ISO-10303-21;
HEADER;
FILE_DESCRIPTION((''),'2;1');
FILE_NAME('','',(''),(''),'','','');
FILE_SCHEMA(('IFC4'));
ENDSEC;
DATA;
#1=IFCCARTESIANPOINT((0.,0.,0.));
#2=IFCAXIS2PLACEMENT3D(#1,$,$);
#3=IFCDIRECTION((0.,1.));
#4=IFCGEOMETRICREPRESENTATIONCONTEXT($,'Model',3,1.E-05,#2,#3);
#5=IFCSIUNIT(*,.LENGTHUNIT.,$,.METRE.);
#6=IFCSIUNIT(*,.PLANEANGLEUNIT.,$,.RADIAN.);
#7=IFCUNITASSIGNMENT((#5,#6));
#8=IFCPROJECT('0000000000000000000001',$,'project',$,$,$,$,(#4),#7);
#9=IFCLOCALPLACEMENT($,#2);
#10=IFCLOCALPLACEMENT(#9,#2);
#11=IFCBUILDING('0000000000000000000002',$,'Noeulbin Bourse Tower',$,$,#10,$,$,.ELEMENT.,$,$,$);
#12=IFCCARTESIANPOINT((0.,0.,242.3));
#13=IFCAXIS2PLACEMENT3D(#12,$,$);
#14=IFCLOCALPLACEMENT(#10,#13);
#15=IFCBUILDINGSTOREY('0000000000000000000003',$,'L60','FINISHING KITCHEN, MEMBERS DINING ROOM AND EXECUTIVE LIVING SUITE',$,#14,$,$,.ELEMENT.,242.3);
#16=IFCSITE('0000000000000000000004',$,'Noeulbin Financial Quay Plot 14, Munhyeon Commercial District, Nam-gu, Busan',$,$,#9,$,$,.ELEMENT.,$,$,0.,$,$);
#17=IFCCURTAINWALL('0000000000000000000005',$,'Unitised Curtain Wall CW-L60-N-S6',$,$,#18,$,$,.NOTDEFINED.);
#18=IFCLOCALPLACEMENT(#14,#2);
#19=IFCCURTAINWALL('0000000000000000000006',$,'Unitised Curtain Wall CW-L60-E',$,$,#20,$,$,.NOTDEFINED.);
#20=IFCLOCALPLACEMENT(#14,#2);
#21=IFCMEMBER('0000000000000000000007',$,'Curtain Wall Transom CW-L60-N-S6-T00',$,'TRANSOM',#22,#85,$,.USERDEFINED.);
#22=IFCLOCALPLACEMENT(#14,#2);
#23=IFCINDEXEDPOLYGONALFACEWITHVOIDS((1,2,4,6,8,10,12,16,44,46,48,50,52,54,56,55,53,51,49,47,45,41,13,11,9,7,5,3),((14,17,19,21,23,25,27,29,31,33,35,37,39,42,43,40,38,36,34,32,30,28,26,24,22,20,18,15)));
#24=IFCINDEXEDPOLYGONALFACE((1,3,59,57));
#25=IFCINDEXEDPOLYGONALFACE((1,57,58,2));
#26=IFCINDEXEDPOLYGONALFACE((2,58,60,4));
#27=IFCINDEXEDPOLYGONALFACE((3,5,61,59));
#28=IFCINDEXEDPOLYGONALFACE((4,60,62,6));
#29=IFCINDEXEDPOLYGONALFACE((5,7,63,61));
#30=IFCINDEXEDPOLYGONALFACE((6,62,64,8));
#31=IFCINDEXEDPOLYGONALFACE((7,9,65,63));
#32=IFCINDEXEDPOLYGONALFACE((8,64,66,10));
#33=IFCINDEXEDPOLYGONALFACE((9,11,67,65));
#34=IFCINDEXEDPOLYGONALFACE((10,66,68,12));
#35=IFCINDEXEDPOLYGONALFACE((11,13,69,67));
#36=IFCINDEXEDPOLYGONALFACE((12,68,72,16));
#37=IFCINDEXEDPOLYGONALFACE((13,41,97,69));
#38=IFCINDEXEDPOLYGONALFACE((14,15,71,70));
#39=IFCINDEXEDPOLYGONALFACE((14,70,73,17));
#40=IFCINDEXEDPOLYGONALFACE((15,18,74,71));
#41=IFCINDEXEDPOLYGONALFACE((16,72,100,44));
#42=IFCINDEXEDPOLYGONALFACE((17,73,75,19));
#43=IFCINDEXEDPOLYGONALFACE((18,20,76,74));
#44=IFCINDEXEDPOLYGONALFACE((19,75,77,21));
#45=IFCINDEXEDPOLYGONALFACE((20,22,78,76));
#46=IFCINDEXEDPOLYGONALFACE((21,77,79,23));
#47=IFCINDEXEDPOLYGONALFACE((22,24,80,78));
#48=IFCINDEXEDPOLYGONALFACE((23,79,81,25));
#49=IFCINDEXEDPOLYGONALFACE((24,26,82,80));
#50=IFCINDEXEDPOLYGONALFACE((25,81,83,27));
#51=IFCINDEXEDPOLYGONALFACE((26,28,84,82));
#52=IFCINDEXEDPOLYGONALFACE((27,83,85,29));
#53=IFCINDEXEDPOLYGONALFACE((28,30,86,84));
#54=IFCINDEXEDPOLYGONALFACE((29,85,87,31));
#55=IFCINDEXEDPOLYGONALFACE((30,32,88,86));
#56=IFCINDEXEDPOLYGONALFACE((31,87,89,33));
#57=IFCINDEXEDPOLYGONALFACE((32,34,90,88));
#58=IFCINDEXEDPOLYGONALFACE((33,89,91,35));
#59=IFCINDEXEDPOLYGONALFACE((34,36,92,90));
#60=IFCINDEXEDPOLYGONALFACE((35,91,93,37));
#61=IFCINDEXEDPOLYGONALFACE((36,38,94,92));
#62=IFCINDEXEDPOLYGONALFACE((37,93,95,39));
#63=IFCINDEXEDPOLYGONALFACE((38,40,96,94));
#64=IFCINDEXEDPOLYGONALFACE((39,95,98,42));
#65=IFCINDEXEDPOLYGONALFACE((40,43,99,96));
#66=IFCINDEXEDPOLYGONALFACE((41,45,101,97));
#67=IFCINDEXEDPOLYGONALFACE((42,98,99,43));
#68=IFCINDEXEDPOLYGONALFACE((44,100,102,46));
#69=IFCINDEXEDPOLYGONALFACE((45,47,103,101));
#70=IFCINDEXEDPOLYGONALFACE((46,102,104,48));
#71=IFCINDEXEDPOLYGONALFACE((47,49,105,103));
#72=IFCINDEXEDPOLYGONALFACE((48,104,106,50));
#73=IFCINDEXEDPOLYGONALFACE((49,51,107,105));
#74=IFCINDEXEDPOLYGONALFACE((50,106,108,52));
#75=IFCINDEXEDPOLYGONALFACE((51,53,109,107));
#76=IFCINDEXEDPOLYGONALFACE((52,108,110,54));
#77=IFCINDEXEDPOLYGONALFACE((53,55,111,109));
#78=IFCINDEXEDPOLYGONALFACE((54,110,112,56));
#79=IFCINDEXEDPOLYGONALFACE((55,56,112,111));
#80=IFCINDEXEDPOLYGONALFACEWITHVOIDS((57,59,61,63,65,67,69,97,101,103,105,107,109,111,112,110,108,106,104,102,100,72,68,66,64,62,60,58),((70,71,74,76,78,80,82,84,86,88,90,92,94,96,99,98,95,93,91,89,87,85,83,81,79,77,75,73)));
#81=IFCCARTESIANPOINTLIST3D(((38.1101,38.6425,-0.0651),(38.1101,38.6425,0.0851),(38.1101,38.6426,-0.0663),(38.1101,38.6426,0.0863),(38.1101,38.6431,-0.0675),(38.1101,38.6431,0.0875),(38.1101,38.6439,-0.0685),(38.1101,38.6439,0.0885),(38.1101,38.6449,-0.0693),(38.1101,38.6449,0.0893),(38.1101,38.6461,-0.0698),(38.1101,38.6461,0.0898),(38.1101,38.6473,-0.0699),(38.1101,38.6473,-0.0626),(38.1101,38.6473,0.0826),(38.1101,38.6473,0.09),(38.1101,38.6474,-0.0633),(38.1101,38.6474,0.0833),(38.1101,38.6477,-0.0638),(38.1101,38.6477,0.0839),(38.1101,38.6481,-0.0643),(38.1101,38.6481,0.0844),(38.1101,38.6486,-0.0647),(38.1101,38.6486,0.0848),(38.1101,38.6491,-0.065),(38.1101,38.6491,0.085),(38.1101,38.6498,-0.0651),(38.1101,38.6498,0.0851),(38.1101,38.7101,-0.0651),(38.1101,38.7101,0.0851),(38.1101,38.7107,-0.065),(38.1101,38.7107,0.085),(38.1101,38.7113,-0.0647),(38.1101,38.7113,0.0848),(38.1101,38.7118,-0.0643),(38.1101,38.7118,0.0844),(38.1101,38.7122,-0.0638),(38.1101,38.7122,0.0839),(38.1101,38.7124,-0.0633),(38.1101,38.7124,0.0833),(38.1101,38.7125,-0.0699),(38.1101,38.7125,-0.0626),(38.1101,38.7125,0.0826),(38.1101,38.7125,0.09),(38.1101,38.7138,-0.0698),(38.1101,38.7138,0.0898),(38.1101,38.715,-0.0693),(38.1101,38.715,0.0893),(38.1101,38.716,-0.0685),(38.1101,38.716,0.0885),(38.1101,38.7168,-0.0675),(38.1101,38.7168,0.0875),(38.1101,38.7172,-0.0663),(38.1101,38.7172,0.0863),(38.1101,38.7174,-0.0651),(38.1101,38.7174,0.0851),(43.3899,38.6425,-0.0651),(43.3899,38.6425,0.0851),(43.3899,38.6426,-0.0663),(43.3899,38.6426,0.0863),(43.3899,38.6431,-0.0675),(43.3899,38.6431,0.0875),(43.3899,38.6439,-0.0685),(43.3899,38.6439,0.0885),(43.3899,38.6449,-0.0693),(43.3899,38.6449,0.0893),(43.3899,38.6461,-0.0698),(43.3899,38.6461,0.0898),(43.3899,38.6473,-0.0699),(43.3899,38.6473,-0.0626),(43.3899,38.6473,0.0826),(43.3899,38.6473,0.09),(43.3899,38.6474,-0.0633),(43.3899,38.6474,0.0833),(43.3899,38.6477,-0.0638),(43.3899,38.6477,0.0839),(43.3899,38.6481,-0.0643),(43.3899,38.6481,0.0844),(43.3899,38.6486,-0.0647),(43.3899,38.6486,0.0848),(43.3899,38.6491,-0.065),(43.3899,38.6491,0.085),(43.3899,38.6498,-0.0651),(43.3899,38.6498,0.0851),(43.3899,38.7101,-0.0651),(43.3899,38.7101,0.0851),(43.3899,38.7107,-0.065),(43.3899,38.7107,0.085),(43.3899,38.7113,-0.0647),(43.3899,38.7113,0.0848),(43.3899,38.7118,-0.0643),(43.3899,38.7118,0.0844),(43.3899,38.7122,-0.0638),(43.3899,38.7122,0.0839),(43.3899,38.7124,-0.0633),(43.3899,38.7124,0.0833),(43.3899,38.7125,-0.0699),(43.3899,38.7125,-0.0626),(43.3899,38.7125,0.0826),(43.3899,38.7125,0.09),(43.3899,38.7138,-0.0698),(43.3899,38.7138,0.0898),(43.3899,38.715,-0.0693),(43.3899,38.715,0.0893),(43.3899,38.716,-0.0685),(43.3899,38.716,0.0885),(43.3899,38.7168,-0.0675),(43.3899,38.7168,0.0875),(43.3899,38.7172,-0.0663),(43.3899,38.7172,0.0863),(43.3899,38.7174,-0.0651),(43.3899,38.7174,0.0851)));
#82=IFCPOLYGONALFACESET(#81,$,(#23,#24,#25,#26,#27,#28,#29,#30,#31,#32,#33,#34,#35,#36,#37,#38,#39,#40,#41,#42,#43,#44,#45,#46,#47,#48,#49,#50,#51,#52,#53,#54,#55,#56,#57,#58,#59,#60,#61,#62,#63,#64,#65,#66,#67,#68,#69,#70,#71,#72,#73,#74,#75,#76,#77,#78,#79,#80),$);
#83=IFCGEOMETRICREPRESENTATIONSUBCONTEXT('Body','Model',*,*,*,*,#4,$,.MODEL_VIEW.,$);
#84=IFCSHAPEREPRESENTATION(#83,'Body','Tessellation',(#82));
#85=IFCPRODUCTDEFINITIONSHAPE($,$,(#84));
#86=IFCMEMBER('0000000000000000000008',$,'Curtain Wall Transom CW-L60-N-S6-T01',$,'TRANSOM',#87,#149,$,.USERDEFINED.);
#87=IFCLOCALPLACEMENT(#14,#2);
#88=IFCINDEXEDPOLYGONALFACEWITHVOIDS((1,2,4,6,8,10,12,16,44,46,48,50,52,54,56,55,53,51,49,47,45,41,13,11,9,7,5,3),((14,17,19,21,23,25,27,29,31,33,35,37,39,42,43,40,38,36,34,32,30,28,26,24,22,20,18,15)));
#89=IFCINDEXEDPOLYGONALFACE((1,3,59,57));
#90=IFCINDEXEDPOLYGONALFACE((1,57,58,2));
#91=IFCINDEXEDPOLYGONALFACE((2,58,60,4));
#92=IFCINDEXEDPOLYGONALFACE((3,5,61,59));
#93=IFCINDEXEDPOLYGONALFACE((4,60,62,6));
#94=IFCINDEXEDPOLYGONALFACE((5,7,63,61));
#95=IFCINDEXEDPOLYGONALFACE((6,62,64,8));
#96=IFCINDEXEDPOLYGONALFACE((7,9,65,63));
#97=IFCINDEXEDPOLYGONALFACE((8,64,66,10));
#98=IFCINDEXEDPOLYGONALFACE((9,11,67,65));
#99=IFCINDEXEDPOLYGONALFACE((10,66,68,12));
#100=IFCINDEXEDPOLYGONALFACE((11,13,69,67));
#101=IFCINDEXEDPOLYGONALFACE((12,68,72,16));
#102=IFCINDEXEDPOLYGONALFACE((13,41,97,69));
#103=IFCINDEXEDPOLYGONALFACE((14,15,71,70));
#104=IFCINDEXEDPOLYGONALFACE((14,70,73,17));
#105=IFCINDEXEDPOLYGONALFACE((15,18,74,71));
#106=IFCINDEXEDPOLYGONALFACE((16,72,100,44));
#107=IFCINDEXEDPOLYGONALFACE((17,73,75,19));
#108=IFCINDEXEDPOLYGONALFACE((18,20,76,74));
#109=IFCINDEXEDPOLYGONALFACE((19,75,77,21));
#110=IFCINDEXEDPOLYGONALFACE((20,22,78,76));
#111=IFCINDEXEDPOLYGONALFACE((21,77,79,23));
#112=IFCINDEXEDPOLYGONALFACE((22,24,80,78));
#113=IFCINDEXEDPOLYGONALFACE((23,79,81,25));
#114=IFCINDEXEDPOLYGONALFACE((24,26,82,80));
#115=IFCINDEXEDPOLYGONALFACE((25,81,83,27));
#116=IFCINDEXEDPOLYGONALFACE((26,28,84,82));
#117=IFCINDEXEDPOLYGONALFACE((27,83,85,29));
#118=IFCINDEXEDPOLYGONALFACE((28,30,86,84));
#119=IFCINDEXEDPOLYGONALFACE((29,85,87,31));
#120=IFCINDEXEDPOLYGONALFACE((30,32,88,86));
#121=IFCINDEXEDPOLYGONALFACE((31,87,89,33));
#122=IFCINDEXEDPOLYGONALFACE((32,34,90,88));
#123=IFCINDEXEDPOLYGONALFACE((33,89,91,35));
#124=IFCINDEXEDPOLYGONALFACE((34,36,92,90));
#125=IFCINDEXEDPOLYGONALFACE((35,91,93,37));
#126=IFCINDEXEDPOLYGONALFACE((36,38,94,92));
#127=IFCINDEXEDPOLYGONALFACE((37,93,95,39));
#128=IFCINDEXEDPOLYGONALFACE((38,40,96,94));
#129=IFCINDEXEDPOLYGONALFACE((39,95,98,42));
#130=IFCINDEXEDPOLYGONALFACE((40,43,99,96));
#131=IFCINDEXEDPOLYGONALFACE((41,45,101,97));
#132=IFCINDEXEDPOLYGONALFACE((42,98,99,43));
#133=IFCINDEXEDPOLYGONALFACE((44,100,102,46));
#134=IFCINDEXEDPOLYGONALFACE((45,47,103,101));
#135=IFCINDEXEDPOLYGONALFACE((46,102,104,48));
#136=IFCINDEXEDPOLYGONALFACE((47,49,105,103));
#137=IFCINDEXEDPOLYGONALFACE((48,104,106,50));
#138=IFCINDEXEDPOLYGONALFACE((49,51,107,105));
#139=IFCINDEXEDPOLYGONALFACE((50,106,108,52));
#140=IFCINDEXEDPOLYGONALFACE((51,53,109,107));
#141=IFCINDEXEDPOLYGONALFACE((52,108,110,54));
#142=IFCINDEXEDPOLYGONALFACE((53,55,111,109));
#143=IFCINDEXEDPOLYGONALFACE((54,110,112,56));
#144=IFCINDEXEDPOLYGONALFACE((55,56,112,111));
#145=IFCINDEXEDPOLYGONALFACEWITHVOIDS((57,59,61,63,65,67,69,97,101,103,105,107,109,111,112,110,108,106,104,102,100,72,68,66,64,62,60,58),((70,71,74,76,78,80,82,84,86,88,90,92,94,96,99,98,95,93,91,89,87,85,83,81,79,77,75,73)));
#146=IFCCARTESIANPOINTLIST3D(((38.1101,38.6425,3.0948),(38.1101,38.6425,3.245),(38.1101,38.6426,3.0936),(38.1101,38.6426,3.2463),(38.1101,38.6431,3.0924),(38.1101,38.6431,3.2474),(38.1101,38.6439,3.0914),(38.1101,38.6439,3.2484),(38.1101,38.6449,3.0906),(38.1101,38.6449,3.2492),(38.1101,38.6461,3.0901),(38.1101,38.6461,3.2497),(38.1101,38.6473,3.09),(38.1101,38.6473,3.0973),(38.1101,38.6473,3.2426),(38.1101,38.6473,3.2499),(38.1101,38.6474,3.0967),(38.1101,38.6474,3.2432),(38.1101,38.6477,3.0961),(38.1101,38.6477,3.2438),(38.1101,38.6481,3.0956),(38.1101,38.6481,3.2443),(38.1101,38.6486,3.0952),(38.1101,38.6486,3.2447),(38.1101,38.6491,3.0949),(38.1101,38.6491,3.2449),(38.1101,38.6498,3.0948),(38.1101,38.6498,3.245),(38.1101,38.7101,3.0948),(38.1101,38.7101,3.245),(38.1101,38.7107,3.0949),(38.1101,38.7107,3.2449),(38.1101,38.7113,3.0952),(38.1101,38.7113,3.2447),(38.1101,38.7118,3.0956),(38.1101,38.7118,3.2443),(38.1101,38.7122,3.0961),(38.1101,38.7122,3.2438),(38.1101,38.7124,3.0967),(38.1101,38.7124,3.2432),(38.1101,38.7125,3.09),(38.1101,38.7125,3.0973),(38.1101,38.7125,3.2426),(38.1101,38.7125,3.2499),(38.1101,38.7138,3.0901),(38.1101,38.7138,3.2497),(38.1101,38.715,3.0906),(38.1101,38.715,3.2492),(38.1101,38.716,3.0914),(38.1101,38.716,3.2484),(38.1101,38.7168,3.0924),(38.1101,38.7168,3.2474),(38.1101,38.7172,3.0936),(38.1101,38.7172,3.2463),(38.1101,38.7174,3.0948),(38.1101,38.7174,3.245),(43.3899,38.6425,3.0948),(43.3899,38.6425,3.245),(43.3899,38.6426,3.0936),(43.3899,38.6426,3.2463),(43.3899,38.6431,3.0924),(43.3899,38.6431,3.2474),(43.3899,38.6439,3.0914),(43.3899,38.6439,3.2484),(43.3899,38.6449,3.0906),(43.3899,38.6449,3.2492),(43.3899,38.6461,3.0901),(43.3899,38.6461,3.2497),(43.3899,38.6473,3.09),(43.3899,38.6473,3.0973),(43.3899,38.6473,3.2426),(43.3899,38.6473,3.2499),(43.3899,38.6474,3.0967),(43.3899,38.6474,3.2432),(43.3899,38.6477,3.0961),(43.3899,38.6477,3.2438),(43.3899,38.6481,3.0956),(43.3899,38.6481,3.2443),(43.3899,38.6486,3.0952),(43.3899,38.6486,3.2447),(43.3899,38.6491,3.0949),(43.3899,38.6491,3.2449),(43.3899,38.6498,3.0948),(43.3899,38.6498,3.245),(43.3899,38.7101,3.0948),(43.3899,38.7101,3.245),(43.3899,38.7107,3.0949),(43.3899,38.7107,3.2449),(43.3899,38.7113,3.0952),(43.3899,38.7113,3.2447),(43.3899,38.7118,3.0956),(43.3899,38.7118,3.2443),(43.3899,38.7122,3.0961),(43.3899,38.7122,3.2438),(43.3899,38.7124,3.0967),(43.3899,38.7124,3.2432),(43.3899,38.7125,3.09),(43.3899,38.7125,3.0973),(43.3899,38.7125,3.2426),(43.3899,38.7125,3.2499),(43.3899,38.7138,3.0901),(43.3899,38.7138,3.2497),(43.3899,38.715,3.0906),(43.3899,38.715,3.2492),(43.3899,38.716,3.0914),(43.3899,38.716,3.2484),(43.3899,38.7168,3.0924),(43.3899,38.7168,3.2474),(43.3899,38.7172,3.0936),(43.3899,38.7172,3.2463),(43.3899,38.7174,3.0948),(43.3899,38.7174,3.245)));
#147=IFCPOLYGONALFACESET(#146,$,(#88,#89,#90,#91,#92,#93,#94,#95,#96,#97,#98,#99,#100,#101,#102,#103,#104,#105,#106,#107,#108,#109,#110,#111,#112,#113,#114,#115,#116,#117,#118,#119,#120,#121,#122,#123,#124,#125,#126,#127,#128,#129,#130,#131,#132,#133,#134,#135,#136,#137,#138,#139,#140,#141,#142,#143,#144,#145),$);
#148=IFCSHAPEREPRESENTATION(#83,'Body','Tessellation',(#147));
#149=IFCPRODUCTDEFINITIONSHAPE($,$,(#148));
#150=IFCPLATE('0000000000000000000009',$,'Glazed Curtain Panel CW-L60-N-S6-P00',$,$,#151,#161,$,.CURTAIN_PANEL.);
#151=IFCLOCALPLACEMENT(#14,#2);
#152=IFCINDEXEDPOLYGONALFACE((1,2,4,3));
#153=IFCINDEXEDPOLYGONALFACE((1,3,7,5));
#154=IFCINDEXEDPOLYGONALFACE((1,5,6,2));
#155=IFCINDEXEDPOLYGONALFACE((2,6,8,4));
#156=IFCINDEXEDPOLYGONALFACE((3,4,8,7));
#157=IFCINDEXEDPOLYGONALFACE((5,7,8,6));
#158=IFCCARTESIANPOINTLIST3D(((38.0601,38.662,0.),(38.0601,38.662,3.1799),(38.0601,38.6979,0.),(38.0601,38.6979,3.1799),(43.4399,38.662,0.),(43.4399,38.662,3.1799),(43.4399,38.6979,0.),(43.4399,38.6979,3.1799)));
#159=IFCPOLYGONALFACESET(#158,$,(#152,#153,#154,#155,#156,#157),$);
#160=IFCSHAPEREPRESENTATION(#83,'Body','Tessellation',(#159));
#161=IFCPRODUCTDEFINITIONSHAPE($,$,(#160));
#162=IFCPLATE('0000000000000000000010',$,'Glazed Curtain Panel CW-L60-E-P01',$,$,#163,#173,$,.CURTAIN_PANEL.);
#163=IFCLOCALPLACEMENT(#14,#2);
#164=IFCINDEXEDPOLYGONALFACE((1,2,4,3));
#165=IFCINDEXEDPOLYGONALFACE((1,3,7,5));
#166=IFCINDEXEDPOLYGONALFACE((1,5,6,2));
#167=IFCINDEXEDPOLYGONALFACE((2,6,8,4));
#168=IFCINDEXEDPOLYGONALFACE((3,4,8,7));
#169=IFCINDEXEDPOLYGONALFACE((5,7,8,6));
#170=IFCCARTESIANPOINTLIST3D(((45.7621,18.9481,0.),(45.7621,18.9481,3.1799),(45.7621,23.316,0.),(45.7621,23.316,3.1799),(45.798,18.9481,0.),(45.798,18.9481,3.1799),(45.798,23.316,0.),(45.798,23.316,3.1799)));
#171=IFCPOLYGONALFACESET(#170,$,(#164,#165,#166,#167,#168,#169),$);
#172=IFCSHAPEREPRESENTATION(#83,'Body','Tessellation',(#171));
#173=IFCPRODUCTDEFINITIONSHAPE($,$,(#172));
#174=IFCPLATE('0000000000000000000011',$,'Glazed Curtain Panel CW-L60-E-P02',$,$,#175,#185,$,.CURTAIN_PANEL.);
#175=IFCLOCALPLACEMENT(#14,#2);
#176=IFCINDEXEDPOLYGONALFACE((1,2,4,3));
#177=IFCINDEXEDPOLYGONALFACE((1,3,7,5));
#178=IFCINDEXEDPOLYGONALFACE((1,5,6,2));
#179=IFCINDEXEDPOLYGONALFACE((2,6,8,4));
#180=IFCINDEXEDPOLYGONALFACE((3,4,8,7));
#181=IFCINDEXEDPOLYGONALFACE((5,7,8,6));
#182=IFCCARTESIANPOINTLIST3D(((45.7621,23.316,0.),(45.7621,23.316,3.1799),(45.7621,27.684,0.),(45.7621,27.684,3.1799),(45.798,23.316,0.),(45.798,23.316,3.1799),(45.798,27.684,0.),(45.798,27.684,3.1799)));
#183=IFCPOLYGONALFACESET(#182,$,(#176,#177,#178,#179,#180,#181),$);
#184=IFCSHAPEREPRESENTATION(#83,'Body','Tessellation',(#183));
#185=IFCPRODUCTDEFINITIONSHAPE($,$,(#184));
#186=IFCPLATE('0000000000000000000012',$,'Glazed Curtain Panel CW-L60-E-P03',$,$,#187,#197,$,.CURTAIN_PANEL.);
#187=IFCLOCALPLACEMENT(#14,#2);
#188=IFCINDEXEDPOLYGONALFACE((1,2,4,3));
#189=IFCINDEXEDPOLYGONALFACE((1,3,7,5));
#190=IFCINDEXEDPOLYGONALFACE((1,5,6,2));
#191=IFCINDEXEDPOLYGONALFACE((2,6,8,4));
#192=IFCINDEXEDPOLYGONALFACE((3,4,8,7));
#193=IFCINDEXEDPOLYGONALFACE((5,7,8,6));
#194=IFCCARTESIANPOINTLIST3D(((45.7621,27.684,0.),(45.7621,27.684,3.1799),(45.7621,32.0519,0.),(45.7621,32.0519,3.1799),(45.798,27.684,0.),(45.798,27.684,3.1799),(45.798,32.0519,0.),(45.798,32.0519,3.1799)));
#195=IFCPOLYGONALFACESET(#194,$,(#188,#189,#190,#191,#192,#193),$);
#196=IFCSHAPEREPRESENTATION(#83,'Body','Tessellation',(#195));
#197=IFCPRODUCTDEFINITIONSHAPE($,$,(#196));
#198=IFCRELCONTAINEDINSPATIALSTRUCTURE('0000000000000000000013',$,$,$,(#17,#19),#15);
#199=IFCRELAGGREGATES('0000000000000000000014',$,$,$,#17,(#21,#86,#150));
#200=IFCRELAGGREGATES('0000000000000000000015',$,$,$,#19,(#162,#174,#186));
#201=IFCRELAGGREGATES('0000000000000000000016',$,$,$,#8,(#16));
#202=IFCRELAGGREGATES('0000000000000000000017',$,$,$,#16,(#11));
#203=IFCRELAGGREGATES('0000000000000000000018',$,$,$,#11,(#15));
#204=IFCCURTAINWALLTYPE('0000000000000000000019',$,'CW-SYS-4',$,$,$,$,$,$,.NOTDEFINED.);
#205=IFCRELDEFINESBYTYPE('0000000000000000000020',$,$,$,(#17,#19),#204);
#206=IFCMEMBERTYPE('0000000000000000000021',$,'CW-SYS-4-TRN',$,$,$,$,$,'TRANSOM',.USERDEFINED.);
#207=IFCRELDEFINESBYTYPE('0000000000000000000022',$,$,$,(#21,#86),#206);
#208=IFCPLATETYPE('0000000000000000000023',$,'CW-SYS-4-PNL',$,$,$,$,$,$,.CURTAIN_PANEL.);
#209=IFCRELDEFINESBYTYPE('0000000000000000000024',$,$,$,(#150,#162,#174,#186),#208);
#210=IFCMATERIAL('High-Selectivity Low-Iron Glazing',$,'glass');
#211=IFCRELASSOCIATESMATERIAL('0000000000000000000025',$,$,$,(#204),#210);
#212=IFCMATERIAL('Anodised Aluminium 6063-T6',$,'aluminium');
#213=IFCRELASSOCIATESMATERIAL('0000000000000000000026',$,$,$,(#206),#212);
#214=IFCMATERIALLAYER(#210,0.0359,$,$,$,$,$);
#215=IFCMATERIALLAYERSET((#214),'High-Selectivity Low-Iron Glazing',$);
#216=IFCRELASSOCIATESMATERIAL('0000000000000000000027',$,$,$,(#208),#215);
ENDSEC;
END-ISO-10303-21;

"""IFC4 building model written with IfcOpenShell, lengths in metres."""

from ifc_helpers import new_model, si_unit, direction, frame, origin, origin_2d, place, context, subcontext, project, spatial, rectangle, hollow_rectangle, extrude, material, layer, layer_set, material_profile, profile_set, type_object, element, aggregate, save


model = new_model("IFC4")

# Units and contexts
model_context = context("Model", 3, precision=1e-05, world=origin(), true_north=direction((0.0, 1.0)))
body_context = subcontext(model_context, "Body", "Model", "MODEL_VIEW")
ifc_project = project(units=[si_unit("LENGTHUNIT", "METRE"), si_unit("PLANEANGLEUNIT", "RADIAN")], contexts=[model_context])

# Site, building, storey
site_placement = place(None, origin())
site = spatial("IfcSite", under=ifc_project, at=site_placement, Name="Noeulbin Financial Quay Plot 14, Munhyeon Commercial District, Nam-gu, Busan", CompositionType="ELEMENT", RefElevation=0.0)
building_placement = place(site_placement, origin())
building = spatial("IfcBuilding", under=site, at=building_placement, Name="Noeulbin Bourse Tower", CompositionType="ELEMENT")
storey_placement = place(building_placement, frame((0.0, 0.0, 242.3)))
storey = spatial("IfcBuildingStorey", under=building, at=storey_placement, Name="L60", Description="FINISHING KITCHEN, MEMBERS DINING ROOM AND EXECUTIVE LIVING SUITE", CompositionType="ELEMENT", Elevation=242.3)

# Curtain walls
ifc_material_1 = material(Name="High-Selectivity Low-Iron Glazing", Category="glass")
curtain_wall_type = type_object("IfcCurtainWallType", Name="CW-SYS-4", PredefinedType="NOTDEFINED", material=ifc_material_1)
curtain_wall_1_placement = place(storey_placement, origin())
curtain_wall_1 = element("IfcCurtainWall", 1, at=curtain_wall_1_placement, inside=storey, type_object=curtain_wall_type, Name="Unitised Curtain Wall CW-L60-N-S6", PredefinedType="NOTDEFINED")
ifc_material_2 = material(Name="Anodised Aluminium 6063-T6", Category="aluminium")
curtain_wall_2_placement = place(storey_placement, origin())
curtain_wall_2 = element("IfcCurtainWall", 2, at=curtain_wall_2_placement, inside=storey, type_object=curtain_wall_type, Name="Unitised Curtain Wall CW-L60-E", PredefinedType="NOTDEFINED")

# Members
ifc_material_profile_1 = material_profile(ifc_material_2, hollow_rectangle(XDim=0.075, YDim=0.1599, WallThickness=0.0049, InnerFilletRadius=0.0024, OuterFilletRadius=0.0049, at=origin_2d()), Name="ALU-TRAN-75x160x5", Category="LoadBearing")
ifc_profile_set_1 = profile_set([ifc_material_profile_1], Name="Anodised Aluminium 6063-T6")
member_type_1 = type_object("IfcMemberType", Name="CW-SYS-4-TRN", ElementType="TRANSOM", PredefinedType="USERDEFINED", material=ifc_profile_set_1)
member_1_placement = place(storey_placement, frame((38.1101, 38.6799, 0.01), z_axis=(1.0, 0.0, 0.0), x_axis=(0.0, 1.0, 0.0)))
member_1 = element("IfcMember", 3, at=member_1_placement, type_object=member_type_1, Name="Curtain Wall Transom CW-L60-N-S6-T00", ObjectType="TRANSOM", PredefinedType="USERDEFINED", context=body_context, shape_type="SweptSolid", body=[
    extrude(hollow_rectangle(XDim=0.075, YDim=0.1599, WallThickness=0.0049, InnerFilletRadius=0.0024, OuterFilletRadius=0.0049, at=origin_2d()), origin(), (0.0, 0.0, 1.0), 5.2798),
])
member_2_placement = place(storey_placement, frame((38.1101, 38.6799, 3.1699), z_axis=(1.0, 0.0, 0.0), x_axis=(0.0, 1.0, 0.0)))
member_2 = element("IfcMember", 4, at=member_2_placement, type_object=member_type_1, Name="Curtain Wall Transom CW-L60-N-S6-T01", ObjectType="TRANSOM", PredefinedType="USERDEFINED", context=body_context, shape_type="SweptSolid", body=[
    extrude(hollow_rectangle(XDim=0.075, YDim=0.1599, WallThickness=0.0049, InnerFilletRadius=0.0024, OuterFilletRadius=0.0049, at=origin_2d()), origin(), (0.0, 0.0, 1.0), 5.2798),
])

# Plates
ifc_layer_1 = layer(ifc_material_1, 0.0359)
ifc_layer_set_1 = layer_set([ifc_layer_1], Name="High-Selectivity Low-Iron Glazing")
plate_type_1 = type_object("IfcPlateType", Name="CW-SYS-4-PNL", PredefinedType="CURTAIN_PANEL", material=ifc_layer_set_1)
plate_1_placement = place(storey_placement, frame((40.75, 38.6799, 0.0), z_axis=(0.0, 0.0, 1.0), x_axis=(1.0, 0.0, 0.0)))
plate_1 = element("IfcPlate", 5, at=plate_1_placement, type_object=plate_type_1, Name="Glazed Curtain Panel CW-L60-N-S6-P00", PredefinedType="CURTAIN_PANEL", context=body_context, shape_type="SweptSolid", body=[
    extrude(rectangle(XDim=5.3799, YDim=0.0359, at=origin_2d()), origin(), (0.0, 0.0, 1.0), 3.1799),
])
aggregate(curtain_wall_1, [member_1, member_2, plate_1])
plate_2_placement = place(storey_placement, frame((45.78, 21.1321, 0.0), z_axis=(0.0, 0.0, 1.0), x_axis=(0.0, 1.0, 0.0)))
plate_2 = element("IfcPlate", 6, at=plate_2_placement, type_object=plate_type_1, Name="Glazed Curtain Panel CW-L60-E-P01", PredefinedType="CURTAIN_PANEL", context=body_context, shape_type="SweptSolid", body=[
    extrude(rectangle(XDim=4.3679, YDim=0.0359, at=origin_2d()), origin(), (0.0, 0.0, 1.0), 3.1799),
])
plate_3_placement = place(storey_placement, frame((45.78, 25.5, 0.0), z_axis=(0.0, 0.0, 1.0), x_axis=(0.0, 1.0, 0.0)))
plate_3 = element("IfcPlate", 7, at=plate_3_placement, type_object=plate_type_1, Name="Glazed Curtain Panel CW-L60-E-P02", PredefinedType="CURTAIN_PANEL", context=body_context, shape_type="SweptSolid", body=[
    extrude(rectangle(XDim=4.3679, YDim=0.0359, at=origin_2d()), origin(), (0.0, 0.0, 1.0), 3.1799),
])
plate_4_placement = place(storey_placement, frame((45.78, 29.8679, 0.0), z_axis=(0.0, 0.0, 1.0), x_axis=(0.0, 1.0, 0.0)))
plate_4 = element("IfcPlate", 8, at=plate_4_placement, type_object=plate_type_1, Name="Glazed Curtain Panel CW-L60-E-P03", PredefinedType="CURTAIN_PANEL", context=body_context, shape_type="SweptSolid", body=[
    extrude(rectangle(XDim=4.3679, YDim=0.0359, at=origin_2d()), origin(), (0.0, 0.0, 1.0), 3.1799),
])
aggregate(curtain_wall_2, [plate_2, plate_3, plate_4])

save(model, "model.ifc")
